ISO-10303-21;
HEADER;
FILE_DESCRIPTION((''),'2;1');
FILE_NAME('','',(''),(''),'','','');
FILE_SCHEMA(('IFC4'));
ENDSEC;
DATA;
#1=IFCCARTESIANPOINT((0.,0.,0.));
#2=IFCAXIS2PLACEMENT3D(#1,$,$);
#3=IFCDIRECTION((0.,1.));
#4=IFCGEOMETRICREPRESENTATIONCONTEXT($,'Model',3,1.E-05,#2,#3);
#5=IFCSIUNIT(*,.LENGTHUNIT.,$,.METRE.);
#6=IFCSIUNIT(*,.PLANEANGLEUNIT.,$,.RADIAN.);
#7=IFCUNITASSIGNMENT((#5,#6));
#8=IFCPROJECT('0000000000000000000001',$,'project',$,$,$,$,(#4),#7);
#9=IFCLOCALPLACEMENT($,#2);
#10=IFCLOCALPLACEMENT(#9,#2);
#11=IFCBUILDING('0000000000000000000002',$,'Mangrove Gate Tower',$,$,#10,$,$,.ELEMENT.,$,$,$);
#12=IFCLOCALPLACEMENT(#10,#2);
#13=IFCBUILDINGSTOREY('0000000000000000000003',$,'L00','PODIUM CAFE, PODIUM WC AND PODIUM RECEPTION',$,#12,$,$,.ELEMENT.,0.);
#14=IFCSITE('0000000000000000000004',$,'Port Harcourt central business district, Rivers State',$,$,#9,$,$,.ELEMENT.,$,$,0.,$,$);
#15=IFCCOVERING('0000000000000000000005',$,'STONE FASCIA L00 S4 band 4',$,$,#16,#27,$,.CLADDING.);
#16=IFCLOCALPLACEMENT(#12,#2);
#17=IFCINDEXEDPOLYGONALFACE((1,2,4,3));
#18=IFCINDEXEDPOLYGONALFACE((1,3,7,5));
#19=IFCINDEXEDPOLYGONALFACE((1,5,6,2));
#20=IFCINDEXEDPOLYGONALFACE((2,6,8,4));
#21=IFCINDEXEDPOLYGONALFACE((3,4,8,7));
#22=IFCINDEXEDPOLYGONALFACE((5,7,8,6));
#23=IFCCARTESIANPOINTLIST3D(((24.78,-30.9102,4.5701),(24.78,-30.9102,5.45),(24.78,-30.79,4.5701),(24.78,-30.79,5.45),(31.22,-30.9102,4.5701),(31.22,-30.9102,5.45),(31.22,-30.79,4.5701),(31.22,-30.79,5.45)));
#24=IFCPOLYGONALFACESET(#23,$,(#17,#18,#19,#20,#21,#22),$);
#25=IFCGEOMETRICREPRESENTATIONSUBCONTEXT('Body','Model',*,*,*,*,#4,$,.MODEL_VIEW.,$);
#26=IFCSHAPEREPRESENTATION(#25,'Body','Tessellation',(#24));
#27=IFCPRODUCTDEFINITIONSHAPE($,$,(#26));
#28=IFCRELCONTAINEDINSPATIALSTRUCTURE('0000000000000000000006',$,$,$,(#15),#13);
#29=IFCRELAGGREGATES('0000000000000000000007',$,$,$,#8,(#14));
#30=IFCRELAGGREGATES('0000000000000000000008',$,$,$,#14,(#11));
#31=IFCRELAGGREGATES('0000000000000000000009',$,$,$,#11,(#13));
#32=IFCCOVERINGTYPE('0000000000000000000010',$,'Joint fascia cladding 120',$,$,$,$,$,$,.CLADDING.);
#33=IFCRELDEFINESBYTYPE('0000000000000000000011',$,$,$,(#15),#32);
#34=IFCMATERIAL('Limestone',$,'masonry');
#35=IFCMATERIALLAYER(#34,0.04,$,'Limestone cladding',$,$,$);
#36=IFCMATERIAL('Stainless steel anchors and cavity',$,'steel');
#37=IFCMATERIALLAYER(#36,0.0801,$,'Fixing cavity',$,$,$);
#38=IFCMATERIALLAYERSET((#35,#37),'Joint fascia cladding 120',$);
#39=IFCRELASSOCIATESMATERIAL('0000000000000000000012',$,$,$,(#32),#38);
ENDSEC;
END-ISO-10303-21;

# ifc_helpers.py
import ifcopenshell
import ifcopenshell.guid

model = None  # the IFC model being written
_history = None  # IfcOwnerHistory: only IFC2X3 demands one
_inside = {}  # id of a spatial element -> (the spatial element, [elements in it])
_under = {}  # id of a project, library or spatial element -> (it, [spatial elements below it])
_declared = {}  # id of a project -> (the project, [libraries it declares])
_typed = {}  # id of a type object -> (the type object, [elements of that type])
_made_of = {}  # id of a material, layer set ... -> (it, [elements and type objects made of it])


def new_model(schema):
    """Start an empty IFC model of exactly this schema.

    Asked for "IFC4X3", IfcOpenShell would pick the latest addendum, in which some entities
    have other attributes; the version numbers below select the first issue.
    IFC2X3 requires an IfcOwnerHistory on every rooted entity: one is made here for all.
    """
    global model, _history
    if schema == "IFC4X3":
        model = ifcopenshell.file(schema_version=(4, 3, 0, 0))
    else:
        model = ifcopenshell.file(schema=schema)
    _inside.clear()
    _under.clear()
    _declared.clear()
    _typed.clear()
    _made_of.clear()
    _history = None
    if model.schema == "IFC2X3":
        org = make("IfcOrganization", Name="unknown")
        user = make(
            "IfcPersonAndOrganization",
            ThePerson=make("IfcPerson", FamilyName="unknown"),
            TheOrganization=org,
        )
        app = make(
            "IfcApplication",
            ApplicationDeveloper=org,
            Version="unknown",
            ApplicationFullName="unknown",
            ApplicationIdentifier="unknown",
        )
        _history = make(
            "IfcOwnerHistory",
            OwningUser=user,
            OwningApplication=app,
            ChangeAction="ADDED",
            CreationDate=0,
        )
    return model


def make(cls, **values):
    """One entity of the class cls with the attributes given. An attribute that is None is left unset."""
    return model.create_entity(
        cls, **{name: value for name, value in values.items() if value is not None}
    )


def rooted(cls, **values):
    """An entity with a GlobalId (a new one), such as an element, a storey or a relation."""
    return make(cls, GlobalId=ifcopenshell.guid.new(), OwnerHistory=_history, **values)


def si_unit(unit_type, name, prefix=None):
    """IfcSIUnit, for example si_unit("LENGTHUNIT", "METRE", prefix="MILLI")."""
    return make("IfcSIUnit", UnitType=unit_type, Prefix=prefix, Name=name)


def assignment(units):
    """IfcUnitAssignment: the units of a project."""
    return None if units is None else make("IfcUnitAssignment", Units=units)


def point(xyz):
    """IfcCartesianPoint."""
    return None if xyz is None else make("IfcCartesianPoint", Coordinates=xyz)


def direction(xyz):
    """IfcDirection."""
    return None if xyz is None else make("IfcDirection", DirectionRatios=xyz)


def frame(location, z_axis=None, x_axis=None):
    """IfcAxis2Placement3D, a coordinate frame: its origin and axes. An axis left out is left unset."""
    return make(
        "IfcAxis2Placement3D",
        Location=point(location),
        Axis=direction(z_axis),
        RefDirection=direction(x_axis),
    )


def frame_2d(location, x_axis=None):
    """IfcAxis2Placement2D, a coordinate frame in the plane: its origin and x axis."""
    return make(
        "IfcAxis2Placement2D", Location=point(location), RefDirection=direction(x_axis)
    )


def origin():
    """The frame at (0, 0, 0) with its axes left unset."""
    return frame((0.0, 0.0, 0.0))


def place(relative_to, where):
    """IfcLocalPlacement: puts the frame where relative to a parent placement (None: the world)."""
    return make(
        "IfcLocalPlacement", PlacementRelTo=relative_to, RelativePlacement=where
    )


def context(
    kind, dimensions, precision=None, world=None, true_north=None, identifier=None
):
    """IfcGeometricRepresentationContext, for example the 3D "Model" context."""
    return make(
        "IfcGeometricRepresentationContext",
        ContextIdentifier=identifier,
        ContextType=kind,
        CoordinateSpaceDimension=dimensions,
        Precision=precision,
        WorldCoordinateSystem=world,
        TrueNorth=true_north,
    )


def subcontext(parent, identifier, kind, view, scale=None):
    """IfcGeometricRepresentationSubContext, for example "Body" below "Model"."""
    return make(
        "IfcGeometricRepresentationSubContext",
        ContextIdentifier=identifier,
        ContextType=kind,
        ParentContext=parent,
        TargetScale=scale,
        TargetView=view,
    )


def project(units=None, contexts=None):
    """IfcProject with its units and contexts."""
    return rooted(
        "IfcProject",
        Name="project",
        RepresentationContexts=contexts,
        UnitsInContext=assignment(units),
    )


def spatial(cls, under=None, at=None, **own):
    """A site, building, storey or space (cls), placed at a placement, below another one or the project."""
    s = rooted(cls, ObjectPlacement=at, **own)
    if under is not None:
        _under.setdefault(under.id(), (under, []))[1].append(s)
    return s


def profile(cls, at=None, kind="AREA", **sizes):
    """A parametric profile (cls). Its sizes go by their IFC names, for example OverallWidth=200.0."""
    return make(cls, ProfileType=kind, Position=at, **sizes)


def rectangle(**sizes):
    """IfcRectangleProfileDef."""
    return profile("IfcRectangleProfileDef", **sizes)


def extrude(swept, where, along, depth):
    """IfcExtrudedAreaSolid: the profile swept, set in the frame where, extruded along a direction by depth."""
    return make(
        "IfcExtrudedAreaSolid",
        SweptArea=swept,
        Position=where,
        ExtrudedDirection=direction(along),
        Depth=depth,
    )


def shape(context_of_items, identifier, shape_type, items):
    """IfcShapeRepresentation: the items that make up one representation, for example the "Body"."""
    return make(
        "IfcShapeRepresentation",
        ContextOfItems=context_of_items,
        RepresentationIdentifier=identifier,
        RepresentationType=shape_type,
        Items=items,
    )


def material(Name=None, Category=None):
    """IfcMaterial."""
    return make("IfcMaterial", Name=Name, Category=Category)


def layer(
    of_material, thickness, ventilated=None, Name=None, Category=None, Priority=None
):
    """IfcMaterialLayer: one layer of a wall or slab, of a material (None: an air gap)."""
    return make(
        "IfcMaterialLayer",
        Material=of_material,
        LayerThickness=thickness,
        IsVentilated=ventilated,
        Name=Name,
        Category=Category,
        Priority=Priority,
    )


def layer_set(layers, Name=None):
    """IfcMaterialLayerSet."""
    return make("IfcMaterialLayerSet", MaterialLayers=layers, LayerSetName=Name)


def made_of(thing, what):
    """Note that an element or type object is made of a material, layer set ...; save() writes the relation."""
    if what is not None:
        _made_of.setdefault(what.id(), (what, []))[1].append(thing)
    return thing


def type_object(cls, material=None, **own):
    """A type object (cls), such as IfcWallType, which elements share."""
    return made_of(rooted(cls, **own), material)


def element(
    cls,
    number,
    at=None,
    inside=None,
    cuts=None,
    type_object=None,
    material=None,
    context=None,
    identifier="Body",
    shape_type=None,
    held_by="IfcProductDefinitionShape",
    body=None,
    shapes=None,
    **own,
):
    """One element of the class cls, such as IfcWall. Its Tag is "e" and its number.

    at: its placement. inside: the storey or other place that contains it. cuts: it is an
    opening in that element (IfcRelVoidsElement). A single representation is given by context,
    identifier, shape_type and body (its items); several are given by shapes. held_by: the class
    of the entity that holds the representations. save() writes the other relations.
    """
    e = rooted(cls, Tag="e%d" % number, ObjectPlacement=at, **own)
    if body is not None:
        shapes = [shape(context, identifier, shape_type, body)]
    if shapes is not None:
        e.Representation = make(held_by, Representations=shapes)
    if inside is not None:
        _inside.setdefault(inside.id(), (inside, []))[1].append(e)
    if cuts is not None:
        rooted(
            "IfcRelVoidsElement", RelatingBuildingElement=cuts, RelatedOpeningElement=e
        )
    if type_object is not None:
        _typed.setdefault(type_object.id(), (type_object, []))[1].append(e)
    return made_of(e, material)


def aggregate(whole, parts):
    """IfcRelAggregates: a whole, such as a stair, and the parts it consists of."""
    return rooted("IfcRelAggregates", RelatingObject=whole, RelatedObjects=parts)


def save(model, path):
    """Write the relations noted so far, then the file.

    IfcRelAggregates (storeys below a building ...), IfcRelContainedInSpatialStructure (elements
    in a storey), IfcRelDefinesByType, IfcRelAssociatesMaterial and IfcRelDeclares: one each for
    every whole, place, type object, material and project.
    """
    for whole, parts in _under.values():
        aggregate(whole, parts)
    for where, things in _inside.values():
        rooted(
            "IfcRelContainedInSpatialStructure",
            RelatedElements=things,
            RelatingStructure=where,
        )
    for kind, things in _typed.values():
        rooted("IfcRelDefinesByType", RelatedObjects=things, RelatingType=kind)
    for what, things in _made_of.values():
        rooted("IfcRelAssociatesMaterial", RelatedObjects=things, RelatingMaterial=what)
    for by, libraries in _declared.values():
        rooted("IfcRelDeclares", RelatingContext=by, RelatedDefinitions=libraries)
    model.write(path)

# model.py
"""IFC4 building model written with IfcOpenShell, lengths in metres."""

from ifc_helpers import new_model, si_unit, direction, frame, frame_2d, origin, place, context, subcontext, project, spatial, rectangle, extrude, material, layer, layer_set, type_object, element, save


model = new_model("IFC4")

# Units and contexts
model_context = context("Model", 3, precision=1e-05, world=origin(), true_north=direction((0.0, 1.0)))
body_context = subcontext(model_context, "Body", "Model", "MODEL_VIEW")
ifc_project = project(units=[si_unit("LENGTHUNIT", "METRE"), si_unit("PLANEANGLEUNIT", "RADIAN")], contexts=[model_context])

# Site, building, storey
site_placement = place(None, origin())
site = spatial("IfcSite", under=ifc_project, at=site_placement, Name="Port Harcourt central business district, Rivers State", CompositionType="ELEMENT", RefElevation=0.0)
building_placement = place(site_placement, origin())
building = spatial("IfcBuilding", under=site, at=building_placement, Name="Mangrove Gate Tower", CompositionType="ELEMENT")
storey_placement = place(building_placement, origin())
storey = spatial("IfcBuildingStorey", under=building, at=storey_placement, Name="L00", Description="PODIUM CAFE, PODIUM WC AND PODIUM RECEPTION", CompositionType="ELEMENT", Elevation=0.0)

# Covering
ifc_material_1 = material(Name="Limestone", Category="masonry")
ifc_layer_1 = layer(ifc_material_1, 0.04, Name="Limestone cladding")
ifc_material_2 = material(Name="Stainless steel anchors and cavity", Category="steel")
ifc_layer_2 = layer(ifc_material_2, 0.0801, Name="Fixing cavity")
ifc_layer_set_1 = layer_set([ifc_layer_1, ifc_layer_2], Name="Joint fascia cladding 120")
covering_type = type_object("IfcCoveringType", Name="Joint fascia cladding 120", PredefinedType="CLADDING", material=ifc_layer_set_1)
covering_1_placement = place(storey_placement, frame((24.78, -30.8501, 4.5701), z_axis=(0.0, 0.0, 1.0), x_axis=(1.0, 0.0, 0.0)))
element("IfcCovering", 1, at=covering_1_placement, inside=storey, type_object=covering_type, Name="STONE FASCIA L00 S4 band 4", PredefinedType="CLADDING", context=body_context, shape_type="SweptSolid", body=[
    extrude(rectangle(XDim=6.4399, YDim=0.1201, at=frame_2d((3.22, 0.0))), origin(), (0.0, 0.0, 1.0), 0.8799),
])

save(model, "model.ifc")
